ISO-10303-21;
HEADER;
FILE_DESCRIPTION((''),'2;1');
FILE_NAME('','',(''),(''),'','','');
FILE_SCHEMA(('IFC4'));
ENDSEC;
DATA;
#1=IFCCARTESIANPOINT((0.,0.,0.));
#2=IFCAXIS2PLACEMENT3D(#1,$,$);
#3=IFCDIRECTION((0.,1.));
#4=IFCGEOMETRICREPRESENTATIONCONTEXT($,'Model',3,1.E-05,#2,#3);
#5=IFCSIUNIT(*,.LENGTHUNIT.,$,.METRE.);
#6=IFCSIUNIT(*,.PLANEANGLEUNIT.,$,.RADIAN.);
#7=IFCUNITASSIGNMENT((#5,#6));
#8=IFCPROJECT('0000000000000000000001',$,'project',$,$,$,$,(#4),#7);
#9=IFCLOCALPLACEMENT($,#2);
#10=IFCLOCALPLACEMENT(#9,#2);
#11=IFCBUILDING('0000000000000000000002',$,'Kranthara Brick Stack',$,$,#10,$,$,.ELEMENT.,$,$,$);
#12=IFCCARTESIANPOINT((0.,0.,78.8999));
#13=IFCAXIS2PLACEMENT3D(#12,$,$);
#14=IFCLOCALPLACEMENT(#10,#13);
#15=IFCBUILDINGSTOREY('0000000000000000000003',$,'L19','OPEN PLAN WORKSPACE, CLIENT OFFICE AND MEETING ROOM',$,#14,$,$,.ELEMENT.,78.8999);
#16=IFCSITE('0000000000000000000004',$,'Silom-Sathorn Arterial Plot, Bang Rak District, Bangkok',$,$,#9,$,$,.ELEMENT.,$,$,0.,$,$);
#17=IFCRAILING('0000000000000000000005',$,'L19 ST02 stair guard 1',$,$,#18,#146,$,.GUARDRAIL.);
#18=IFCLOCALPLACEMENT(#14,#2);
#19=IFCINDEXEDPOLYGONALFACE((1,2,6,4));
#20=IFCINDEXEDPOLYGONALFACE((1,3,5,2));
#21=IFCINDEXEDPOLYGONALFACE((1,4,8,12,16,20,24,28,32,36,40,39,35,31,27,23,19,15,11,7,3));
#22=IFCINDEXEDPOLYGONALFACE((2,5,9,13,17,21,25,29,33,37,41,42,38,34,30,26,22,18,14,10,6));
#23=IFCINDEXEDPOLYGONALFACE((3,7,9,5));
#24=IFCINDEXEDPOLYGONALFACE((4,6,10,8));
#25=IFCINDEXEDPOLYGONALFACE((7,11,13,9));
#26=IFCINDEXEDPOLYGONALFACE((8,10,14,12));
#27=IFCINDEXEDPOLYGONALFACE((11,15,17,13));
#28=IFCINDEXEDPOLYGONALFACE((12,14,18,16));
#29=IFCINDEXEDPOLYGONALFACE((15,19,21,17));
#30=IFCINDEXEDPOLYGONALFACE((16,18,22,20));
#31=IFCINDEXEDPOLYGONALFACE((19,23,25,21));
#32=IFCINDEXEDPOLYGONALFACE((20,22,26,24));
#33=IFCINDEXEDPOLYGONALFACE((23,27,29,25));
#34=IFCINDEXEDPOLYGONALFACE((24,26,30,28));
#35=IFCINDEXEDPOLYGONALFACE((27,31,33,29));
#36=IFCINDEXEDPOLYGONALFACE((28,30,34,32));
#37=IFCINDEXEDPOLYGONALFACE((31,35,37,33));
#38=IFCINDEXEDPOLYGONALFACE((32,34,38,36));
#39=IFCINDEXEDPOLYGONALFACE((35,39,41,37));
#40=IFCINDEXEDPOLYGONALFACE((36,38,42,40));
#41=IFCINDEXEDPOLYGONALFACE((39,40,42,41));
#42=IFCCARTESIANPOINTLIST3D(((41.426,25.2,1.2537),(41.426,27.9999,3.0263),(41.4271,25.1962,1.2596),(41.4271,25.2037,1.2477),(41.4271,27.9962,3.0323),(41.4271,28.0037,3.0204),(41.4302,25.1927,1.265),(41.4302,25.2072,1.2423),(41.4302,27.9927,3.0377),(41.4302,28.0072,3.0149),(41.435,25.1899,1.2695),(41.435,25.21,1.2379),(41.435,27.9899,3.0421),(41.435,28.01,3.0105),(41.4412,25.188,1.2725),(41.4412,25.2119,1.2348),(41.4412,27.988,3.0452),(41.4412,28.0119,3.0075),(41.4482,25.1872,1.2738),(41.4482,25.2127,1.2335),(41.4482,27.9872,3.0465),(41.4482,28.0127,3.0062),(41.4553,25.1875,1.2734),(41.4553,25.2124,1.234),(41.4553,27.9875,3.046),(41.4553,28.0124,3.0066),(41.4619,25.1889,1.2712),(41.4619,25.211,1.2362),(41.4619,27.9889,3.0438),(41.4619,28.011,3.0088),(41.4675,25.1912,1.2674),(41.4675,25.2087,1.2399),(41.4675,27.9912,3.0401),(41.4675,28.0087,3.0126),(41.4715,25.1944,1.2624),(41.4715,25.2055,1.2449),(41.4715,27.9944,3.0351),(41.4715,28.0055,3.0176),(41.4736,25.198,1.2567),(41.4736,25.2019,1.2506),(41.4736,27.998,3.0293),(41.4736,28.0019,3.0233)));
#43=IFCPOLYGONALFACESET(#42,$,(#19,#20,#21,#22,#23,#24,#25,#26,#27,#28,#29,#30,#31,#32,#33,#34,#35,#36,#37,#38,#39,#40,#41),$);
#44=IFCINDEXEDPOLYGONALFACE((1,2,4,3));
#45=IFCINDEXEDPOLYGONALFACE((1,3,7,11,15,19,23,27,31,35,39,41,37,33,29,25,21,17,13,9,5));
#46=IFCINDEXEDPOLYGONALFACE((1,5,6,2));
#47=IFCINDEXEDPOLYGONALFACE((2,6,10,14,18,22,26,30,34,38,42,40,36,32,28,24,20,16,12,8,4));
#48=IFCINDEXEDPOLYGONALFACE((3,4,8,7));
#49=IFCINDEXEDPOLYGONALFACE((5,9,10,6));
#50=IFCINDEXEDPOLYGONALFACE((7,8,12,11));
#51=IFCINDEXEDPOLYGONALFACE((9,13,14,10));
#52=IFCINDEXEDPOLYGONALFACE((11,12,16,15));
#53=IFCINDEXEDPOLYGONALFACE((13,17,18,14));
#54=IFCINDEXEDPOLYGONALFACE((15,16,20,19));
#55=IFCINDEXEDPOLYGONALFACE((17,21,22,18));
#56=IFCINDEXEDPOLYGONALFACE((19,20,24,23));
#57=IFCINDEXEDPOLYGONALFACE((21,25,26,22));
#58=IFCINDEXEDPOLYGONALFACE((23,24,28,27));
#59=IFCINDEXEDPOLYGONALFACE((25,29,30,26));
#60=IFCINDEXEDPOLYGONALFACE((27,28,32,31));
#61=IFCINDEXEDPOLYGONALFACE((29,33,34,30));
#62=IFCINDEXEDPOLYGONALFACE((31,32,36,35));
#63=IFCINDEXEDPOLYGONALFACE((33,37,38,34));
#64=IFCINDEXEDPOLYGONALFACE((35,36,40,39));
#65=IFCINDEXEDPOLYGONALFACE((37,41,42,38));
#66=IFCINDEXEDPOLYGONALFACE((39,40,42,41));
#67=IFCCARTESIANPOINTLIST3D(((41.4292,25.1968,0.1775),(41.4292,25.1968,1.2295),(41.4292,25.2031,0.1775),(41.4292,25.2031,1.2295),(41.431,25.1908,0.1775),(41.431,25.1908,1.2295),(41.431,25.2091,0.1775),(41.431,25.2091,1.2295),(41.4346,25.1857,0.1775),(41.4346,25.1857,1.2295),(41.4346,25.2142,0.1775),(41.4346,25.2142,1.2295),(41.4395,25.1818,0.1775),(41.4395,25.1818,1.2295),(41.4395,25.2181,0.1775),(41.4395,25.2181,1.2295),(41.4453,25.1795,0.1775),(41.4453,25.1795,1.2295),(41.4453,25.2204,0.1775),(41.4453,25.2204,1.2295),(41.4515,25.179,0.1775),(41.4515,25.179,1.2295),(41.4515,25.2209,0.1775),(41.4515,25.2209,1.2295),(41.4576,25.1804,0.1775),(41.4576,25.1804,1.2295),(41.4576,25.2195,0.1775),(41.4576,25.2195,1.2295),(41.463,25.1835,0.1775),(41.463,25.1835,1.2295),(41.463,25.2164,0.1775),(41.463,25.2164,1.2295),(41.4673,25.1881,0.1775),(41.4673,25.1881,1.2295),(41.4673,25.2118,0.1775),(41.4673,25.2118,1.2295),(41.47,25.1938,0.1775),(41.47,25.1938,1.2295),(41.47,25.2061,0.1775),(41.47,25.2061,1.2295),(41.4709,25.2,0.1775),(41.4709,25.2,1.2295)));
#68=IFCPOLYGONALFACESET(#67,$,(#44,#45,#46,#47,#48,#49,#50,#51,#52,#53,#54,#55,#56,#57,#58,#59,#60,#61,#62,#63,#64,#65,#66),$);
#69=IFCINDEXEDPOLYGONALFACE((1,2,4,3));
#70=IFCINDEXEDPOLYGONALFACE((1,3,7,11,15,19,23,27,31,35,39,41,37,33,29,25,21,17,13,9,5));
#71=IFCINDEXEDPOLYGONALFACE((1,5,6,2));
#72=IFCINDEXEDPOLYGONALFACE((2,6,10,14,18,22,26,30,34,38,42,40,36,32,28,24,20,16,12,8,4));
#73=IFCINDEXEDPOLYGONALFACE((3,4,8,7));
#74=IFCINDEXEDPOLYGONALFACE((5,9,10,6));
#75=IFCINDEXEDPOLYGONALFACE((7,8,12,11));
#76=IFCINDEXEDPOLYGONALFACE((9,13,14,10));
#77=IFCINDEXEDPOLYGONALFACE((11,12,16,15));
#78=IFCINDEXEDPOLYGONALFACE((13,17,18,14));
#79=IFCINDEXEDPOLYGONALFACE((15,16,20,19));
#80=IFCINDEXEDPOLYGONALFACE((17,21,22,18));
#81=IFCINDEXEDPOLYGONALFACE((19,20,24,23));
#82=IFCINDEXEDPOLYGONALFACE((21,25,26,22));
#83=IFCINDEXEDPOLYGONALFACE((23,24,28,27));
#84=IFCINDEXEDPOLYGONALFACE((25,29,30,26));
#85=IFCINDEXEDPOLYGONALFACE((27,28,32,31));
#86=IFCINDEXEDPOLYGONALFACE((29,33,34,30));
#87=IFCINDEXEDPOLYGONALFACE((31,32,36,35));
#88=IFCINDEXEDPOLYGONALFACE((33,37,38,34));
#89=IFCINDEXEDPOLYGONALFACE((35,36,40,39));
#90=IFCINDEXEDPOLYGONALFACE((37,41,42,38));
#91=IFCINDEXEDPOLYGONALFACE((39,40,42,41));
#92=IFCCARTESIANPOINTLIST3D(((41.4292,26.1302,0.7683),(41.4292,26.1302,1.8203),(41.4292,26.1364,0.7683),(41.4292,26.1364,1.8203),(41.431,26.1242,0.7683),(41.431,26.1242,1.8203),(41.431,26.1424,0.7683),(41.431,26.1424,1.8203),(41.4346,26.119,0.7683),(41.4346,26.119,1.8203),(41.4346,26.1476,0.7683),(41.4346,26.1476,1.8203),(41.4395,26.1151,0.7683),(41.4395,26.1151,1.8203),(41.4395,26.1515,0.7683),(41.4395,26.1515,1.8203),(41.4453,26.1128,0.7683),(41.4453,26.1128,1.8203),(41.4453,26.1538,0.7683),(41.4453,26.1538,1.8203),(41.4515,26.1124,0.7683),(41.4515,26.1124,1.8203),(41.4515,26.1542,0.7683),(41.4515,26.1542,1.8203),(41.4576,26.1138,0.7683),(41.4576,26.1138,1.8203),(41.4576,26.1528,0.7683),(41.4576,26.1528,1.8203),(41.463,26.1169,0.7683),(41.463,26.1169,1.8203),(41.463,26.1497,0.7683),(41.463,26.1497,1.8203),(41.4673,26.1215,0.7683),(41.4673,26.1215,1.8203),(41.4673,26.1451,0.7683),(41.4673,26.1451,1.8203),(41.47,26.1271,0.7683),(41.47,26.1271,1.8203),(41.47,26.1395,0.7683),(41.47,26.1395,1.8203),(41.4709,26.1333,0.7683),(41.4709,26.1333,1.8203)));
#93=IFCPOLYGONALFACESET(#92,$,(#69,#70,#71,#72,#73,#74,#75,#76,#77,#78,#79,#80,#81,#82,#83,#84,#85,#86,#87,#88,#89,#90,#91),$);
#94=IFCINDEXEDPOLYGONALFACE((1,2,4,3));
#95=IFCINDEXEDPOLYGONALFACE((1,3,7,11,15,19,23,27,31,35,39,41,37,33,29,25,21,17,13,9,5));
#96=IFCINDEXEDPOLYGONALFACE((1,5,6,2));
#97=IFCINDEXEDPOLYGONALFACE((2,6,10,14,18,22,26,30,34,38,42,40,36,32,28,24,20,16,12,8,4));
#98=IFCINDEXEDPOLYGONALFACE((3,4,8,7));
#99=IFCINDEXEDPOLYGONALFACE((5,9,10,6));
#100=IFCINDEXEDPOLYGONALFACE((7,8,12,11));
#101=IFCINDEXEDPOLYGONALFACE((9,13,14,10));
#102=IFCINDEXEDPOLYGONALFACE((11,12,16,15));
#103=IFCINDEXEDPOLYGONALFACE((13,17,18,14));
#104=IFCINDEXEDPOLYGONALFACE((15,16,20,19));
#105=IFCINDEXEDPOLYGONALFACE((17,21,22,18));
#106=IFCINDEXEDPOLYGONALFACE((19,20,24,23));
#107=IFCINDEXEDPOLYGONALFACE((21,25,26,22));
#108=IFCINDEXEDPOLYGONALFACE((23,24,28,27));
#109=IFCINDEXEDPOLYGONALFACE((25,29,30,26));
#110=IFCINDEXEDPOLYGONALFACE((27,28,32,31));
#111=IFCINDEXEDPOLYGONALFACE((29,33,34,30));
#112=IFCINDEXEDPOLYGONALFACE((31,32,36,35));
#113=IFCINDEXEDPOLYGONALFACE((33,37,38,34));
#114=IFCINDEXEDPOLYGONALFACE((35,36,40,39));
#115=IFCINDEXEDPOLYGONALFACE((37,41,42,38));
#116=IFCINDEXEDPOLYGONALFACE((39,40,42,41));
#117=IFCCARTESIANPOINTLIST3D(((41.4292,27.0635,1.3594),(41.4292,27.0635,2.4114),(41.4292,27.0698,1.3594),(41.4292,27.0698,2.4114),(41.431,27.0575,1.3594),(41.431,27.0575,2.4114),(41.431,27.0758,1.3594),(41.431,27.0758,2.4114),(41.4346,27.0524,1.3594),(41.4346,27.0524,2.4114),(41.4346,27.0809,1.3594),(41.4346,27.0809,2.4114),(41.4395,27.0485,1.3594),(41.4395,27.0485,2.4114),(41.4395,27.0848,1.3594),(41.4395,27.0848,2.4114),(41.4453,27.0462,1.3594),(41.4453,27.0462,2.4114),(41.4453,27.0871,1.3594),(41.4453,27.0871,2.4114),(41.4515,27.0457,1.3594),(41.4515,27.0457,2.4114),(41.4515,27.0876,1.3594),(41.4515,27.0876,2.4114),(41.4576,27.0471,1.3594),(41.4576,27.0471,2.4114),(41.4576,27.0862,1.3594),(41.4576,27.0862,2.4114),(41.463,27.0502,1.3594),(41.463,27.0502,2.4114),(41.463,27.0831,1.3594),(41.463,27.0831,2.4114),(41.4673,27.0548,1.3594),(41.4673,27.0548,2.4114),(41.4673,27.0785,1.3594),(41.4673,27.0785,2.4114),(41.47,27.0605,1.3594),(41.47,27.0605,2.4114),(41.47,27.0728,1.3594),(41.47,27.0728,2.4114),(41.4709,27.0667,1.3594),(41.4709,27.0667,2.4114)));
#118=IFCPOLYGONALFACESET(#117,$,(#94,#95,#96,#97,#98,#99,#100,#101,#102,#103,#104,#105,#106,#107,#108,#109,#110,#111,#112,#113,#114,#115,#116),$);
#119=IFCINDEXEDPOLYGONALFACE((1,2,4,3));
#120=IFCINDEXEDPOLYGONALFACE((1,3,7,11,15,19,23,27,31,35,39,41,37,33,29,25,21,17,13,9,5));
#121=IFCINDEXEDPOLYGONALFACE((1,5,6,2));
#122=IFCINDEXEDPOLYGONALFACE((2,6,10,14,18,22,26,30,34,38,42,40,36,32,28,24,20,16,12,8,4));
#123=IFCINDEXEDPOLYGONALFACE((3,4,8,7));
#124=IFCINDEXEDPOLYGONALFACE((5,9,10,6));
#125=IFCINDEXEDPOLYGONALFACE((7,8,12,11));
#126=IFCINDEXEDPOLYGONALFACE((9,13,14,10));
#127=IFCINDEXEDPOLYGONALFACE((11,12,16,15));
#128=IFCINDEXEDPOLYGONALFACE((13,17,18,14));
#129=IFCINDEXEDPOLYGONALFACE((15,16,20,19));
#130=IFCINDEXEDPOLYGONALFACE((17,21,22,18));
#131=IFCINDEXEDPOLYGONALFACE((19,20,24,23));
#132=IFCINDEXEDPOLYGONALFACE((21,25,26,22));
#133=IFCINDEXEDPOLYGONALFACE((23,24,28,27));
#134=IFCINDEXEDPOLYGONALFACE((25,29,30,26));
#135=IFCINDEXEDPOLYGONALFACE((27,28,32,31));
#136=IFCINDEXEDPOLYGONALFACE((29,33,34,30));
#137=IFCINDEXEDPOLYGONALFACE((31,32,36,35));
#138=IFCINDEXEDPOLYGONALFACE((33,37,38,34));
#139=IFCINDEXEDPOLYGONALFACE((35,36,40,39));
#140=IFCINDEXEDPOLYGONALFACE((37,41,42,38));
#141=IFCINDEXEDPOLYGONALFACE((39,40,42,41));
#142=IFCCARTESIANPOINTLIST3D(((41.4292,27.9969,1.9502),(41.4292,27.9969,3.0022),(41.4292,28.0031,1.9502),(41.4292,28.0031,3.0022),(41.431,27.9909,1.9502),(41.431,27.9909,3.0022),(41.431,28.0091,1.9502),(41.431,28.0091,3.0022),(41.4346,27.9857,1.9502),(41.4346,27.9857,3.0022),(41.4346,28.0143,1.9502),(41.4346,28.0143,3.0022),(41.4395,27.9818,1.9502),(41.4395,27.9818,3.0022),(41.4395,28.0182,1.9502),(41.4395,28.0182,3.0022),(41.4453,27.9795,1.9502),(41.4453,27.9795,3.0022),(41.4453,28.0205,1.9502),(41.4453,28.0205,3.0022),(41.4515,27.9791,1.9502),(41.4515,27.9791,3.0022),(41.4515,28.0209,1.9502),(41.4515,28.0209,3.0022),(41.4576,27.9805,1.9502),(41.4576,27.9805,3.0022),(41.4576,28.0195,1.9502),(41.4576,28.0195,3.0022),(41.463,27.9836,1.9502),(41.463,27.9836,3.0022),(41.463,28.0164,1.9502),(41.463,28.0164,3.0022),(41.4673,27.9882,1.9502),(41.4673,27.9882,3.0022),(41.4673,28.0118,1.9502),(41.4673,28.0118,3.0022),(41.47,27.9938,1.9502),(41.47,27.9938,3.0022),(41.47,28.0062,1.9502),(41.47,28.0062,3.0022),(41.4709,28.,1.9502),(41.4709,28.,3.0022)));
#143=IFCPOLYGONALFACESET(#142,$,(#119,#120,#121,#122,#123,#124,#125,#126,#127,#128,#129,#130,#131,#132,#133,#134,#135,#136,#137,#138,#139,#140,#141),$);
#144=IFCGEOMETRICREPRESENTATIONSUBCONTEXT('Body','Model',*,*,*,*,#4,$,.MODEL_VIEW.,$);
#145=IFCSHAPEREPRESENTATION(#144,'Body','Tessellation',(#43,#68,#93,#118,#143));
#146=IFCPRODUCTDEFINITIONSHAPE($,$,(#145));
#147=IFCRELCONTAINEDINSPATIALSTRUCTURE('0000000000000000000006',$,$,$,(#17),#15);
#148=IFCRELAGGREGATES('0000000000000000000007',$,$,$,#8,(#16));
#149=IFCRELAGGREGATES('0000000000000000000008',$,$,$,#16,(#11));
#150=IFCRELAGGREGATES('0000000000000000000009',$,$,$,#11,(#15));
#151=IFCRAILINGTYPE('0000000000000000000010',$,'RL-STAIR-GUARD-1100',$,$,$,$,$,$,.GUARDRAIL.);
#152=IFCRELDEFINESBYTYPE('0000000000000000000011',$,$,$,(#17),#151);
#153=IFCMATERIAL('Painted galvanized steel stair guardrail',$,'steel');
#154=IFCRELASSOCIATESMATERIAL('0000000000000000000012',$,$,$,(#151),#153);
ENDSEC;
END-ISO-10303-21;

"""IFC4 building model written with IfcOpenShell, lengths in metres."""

from ifc_helpers import new_model, si_unit, direction, frame, origin, origin_2d, place, context, subcontext, project, spatial, circle, extrude, material, type_object, element, save


model = new_model("IFC4")

# Units and contexts
model_context = context("Model", 3, precision=1e-05, world=origin(), true_north=direction((0.0, 1.0)))
body_context = subcontext(model_context, "Body", "Model", "MODEL_VIEW")
ifc_project = project(units=[si_unit("LENGTHUNIT", "METRE"), si_unit("PLANEANGLEUNIT", "RADIAN")], contexts=[model_context])

# Site, building, storey
site_placement = place(None, origin())
site = spatial("IfcSite", under=ifc_project, at=site_placement, Name="Silom-Sathorn Arterial Plot, Bang Rak District, Bangkok", CompositionType="ELEMENT", RefElevation=0.0)
building_placement = place(site_placement, origin())
building = spatial("IfcBuilding", under=site, at=building_placement, Name="Kranthara Brick Stack", CompositionType="ELEMENT")
storey_placement = place(building_placement, frame((0.0, 0.0, 78.8999)))
storey = spatial("IfcBuildingStorey", under=building, at=storey_placement, Name="L19", Description="OPEN PLAN WORKSPACE, CLIENT OFFICE AND MEETING ROOM", CompositionType="ELEMENT", Elevation=78.8999)

# Railing
ifc_material_1 = material(Name="Painted galvanized steel stair guardrail", Category="steel")
railing_type_1 = type_object("IfcRailingType", Name="RL-STAIR-GUARD-1100", PredefinedType="GUARDRAIL", material=ifc_material_1)
railing_1_placement = place(storey_placement, frame((41.45, 25.2, 0.1775)))
element("IfcRailing", 1, at=railing_1_placement, inside=storey, type_object=railing_type_1, Name="L19 ST02 stair guard 1", PredefinedType="GUARDRAIL", context=body_context, shape_type="SweptSolid", body=[
    extrude(circle(Radius=0.0239, at=origin_2d()), frame((0.0, 0.0, 1.0762), z_axis=(0.0, 0.844909, 0.53491), x_axis=(-1.0, 0.0, 0.0)), (0.0, 0.0, 1.0), 3.314),
    extrude(circle(Radius=0.021, at=origin_2d()), origin(), (0.0, 0.0, 1.0), 1.052),
    extrude(circle(Radius=0.021, at=origin_2d()), frame((0.0, 0.9333, 0.5908)), (0.0, 0.0, 1.0), 1.052),
    extrude(circle(Radius=0.021, at=origin_2d()), frame((0.0, 1.8667, 1.1819)), (0.0, 0.0, 1.0), 1.052),
    extrude(circle(Radius=0.021, at=origin_2d()), frame((0.0, 2.8, 1.7727)), (0.0, 0.0, 1.0), 1.052),
])

save(model, "model.ifc")
